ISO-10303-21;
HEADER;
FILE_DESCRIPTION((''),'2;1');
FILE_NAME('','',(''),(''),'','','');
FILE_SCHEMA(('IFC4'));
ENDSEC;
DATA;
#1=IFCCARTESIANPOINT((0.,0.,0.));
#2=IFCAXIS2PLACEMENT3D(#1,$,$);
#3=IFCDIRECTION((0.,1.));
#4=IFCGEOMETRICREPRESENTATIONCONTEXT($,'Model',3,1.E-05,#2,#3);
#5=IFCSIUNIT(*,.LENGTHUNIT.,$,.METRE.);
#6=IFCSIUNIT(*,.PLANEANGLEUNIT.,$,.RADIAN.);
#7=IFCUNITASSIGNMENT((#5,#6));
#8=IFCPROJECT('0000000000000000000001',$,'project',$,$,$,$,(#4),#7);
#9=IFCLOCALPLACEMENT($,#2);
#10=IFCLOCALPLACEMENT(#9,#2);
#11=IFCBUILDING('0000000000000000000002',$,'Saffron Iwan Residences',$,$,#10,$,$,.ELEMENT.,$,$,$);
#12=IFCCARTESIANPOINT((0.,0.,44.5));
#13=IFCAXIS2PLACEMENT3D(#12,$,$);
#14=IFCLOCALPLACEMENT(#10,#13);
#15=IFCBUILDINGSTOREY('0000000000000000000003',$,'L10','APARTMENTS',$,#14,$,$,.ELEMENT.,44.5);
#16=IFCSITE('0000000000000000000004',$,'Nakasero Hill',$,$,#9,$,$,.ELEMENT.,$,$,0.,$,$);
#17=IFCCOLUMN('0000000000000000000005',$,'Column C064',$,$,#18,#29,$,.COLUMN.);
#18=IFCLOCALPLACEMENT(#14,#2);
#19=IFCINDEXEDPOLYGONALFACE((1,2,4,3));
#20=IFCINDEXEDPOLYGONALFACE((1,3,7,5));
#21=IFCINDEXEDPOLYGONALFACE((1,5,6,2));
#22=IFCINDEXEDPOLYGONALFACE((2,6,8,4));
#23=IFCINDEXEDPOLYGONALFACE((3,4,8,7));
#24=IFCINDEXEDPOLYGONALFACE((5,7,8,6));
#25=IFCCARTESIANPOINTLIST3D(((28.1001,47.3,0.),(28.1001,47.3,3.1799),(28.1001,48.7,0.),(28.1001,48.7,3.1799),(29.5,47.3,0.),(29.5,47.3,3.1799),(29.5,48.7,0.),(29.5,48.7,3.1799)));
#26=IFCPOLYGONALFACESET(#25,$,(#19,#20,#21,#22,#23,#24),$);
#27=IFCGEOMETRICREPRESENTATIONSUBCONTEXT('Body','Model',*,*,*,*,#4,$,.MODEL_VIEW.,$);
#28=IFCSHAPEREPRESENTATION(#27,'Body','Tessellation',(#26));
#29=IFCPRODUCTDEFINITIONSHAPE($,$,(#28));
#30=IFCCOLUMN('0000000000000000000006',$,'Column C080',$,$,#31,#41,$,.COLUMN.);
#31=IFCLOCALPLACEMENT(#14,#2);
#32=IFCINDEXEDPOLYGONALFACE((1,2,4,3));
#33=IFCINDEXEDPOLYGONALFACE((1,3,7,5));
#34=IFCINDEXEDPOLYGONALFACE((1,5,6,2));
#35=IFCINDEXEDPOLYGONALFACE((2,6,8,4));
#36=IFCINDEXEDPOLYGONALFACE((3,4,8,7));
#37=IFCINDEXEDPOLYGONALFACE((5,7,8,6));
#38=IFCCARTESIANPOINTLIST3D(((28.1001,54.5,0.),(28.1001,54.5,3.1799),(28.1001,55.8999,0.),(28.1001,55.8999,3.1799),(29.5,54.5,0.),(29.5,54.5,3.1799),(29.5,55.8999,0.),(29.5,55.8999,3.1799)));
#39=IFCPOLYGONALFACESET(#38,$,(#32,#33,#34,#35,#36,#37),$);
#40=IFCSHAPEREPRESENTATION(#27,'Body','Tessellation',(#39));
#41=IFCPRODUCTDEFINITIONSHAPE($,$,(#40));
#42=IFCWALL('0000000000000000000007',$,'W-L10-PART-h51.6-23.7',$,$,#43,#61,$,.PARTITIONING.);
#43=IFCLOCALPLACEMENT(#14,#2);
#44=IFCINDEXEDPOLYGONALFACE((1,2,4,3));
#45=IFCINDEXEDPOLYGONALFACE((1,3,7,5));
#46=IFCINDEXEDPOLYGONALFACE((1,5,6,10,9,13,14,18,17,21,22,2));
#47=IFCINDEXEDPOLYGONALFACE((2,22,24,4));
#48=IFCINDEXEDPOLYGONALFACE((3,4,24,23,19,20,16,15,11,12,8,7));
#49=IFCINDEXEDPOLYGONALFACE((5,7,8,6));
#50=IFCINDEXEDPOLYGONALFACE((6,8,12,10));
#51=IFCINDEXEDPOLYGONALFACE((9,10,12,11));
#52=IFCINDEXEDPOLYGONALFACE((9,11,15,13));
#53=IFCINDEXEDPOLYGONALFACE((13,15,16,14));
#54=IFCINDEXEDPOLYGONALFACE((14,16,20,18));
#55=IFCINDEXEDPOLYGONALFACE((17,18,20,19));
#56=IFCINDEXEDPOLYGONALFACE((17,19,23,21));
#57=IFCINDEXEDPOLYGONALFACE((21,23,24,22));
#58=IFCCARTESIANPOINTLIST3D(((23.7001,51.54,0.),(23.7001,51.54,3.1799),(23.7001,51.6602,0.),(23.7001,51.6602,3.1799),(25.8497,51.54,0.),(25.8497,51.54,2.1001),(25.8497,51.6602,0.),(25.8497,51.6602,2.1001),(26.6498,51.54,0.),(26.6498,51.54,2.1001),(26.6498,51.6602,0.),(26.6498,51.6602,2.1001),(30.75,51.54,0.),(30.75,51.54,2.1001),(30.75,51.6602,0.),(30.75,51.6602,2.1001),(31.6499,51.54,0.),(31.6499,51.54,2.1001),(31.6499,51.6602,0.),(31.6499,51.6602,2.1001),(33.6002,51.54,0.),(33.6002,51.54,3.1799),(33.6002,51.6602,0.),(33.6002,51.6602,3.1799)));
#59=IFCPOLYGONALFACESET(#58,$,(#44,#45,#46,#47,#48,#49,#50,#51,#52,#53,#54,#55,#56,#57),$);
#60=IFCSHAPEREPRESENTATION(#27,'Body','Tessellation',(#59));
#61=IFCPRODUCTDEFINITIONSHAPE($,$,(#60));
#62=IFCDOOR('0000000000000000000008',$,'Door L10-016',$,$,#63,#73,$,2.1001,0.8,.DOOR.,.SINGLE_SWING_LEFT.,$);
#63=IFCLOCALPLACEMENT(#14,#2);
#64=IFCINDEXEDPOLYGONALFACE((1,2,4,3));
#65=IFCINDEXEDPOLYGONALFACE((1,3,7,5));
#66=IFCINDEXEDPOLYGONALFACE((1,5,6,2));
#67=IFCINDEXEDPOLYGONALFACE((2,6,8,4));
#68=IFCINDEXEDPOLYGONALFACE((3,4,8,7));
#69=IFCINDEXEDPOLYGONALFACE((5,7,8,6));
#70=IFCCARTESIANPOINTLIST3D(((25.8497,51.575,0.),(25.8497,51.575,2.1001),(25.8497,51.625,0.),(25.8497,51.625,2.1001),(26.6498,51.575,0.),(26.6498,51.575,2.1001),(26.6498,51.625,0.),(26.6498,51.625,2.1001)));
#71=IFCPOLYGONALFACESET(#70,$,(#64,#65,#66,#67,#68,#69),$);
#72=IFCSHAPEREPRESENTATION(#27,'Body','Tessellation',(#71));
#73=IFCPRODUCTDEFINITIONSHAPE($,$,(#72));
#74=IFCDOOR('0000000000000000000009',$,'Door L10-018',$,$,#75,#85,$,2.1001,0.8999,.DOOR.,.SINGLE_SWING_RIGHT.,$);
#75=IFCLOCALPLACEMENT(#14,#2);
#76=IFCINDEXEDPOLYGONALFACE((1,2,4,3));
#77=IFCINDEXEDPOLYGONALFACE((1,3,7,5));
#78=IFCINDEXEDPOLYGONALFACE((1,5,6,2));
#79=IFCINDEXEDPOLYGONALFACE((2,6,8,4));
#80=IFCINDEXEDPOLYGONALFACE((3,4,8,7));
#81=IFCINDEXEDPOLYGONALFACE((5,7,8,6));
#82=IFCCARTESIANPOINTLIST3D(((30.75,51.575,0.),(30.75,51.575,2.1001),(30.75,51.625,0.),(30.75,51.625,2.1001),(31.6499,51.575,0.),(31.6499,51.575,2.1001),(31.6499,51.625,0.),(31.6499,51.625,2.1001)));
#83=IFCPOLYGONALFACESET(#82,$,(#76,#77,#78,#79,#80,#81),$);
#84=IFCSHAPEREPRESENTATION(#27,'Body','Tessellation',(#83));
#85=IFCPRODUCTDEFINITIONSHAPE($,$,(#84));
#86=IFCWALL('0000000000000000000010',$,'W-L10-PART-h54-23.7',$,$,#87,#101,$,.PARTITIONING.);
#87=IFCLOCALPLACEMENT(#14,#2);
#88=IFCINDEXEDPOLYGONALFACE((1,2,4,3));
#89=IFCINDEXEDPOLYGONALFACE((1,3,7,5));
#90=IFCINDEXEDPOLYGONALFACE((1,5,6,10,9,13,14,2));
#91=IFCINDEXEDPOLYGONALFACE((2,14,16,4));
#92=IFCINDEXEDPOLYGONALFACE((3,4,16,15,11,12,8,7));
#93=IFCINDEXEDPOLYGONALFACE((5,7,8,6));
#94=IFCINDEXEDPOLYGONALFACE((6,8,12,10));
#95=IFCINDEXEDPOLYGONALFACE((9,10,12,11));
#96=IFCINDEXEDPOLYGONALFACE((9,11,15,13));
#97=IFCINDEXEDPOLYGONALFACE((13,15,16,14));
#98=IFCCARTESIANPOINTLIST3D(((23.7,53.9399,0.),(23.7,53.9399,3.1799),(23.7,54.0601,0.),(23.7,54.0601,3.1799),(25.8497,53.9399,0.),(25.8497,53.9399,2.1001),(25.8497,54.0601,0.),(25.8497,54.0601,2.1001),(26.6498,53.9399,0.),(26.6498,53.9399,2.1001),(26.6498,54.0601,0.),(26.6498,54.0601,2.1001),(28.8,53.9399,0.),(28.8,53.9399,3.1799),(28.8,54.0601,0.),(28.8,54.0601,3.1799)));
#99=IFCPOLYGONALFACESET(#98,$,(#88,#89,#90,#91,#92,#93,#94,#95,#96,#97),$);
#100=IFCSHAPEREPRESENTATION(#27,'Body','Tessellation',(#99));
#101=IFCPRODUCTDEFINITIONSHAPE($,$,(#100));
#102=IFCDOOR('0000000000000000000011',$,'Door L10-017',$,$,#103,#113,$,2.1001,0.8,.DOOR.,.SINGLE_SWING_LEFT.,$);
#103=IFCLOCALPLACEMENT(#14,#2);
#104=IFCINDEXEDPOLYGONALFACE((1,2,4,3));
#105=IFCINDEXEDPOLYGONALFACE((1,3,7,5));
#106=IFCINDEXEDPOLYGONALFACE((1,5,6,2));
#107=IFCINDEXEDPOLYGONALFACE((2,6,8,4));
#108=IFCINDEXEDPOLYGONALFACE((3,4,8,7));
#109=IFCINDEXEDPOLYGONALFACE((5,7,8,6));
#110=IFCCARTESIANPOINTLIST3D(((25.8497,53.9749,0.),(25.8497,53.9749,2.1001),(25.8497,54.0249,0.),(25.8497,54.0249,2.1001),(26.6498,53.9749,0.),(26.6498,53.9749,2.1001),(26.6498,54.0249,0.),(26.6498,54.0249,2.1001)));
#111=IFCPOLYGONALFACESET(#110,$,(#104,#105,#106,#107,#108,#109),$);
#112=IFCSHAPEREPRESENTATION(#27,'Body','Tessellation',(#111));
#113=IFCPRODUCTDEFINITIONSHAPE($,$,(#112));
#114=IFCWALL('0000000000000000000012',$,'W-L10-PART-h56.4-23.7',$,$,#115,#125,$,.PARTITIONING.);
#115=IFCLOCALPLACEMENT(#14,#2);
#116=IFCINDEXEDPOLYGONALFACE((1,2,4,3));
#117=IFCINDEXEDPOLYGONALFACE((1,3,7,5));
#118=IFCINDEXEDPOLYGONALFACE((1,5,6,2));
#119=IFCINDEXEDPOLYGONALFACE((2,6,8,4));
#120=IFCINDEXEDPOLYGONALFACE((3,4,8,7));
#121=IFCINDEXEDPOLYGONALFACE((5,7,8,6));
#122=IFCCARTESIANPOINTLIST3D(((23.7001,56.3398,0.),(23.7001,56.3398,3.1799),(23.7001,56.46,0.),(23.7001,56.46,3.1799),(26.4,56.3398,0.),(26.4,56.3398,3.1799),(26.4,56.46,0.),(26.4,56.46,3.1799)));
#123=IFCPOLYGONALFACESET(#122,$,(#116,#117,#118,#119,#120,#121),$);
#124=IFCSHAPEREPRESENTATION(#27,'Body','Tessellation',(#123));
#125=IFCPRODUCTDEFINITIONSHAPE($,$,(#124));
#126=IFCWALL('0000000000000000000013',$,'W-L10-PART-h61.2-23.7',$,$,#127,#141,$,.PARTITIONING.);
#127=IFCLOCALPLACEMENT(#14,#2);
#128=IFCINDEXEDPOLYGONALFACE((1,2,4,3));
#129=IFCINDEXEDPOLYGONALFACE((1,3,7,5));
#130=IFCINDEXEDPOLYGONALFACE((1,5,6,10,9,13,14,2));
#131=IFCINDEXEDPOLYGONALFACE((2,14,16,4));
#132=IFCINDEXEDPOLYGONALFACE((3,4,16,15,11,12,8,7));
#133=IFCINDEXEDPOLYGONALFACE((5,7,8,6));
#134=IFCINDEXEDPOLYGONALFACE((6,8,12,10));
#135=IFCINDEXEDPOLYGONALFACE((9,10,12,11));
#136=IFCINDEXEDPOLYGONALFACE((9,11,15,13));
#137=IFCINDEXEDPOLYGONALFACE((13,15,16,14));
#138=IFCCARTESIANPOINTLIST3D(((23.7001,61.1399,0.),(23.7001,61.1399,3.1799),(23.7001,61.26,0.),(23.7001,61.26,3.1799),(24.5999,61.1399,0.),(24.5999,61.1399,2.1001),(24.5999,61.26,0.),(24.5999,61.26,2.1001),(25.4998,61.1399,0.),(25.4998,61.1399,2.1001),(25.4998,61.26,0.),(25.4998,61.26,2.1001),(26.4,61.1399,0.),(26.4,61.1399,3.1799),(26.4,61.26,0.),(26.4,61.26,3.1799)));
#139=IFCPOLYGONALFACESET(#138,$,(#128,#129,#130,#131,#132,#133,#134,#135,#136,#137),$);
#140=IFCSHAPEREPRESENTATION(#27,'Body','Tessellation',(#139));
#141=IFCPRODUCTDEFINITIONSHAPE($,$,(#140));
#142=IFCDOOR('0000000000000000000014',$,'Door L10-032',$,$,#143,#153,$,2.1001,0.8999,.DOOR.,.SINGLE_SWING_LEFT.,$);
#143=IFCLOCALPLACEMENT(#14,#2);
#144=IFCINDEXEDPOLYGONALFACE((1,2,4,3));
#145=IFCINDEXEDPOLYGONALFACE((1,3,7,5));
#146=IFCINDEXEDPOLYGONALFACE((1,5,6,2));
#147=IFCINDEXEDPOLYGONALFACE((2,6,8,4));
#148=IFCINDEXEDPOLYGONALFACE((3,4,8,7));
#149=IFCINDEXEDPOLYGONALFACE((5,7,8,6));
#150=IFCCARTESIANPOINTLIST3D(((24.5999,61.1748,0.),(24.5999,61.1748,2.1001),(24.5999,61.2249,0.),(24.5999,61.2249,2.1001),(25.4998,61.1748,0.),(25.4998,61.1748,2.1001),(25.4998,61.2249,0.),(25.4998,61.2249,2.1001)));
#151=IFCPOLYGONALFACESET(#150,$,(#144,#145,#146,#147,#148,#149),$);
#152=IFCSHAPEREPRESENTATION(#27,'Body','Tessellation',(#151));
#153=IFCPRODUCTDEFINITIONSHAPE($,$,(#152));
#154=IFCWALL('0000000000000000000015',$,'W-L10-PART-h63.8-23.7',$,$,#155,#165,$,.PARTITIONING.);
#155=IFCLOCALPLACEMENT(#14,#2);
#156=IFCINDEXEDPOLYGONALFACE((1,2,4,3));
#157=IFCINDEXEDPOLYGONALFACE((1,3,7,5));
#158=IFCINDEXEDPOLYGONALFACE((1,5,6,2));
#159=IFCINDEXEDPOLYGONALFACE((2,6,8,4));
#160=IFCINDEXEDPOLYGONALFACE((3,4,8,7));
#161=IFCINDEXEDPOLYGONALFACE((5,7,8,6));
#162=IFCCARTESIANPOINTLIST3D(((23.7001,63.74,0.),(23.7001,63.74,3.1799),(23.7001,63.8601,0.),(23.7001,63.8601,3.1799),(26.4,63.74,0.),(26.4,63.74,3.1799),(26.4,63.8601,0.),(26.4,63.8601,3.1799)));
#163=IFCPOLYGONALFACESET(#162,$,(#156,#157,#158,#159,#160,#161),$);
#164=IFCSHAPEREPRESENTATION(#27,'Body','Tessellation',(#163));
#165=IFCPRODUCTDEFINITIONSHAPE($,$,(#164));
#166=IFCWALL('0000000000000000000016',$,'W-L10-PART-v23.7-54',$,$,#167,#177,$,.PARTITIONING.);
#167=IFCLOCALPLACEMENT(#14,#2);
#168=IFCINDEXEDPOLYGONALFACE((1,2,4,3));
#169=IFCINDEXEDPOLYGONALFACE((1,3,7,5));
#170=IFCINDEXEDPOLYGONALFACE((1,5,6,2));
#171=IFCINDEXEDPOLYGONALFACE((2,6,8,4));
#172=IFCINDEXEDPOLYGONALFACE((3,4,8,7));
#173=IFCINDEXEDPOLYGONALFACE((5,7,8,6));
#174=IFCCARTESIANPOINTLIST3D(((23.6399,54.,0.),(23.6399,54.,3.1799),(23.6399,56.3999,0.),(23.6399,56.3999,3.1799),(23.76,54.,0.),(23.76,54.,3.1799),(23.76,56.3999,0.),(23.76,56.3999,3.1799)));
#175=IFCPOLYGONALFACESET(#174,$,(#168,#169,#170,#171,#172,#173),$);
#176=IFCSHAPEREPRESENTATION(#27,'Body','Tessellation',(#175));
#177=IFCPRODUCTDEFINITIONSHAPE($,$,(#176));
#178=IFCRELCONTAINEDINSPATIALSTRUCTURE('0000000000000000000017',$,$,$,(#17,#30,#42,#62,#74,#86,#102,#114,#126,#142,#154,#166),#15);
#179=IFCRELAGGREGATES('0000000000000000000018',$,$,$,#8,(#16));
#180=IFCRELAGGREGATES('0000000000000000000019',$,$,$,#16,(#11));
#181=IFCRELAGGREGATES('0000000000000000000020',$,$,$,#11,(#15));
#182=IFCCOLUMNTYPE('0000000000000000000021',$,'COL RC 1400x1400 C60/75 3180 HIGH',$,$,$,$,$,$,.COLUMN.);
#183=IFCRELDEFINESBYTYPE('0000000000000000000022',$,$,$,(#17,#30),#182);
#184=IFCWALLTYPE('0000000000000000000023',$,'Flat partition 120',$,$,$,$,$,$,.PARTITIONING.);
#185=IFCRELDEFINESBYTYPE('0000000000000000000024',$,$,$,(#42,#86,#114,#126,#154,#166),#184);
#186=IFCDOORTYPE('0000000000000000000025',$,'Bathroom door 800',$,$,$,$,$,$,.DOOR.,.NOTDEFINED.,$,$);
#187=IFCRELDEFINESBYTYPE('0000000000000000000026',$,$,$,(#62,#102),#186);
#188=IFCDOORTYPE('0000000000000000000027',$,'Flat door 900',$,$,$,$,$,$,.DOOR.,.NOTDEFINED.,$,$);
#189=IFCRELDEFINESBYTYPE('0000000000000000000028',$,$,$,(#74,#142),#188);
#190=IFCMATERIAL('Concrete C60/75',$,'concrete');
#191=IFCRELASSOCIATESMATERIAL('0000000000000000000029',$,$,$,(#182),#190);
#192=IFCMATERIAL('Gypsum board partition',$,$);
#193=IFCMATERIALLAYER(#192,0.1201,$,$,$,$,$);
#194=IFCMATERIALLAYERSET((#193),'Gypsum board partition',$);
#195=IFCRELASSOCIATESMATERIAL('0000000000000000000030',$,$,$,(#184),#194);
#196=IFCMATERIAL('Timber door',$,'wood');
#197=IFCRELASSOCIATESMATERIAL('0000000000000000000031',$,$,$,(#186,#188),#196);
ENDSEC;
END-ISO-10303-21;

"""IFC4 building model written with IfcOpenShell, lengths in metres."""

from ifc_helpers import new_model, si_unit, direction, frame, frame_2d, origin, origin_2d, place, context, subcontext, project, spatial, rectangle, extrude, source, transform, mapped, material, layer, layer_set, material_profile, profile_set, type_object, element, fill, save


model = new_model("IFC4")

# Units and contexts
model_context = context("Model", 3, precision=1e-05, world=origin(), true_north=direction((0.0, 1.0)))
body_context = subcontext(model_context, "Body", "Model", "MODEL_VIEW")
ifc_project = project(units=[si_unit("LENGTHUNIT", "METRE"), si_unit("PLANEANGLEUNIT", "RADIAN")], contexts=[model_context])

# Site, building, storey
site_placement = place(None, origin())
site = spatial("IfcSite", under=ifc_project, at=site_placement, Name="Nakasero Hill", CompositionType="ELEMENT", RefElevation=0.0)
building_placement = place(site_placement, origin())
building = spatial("IfcBuilding", under=site, at=building_placement, Name="Saffron Iwan Residences", CompositionType="ELEMENT")
storey_placement = place(building_placement, frame((0.0, 0.0, 44.5)))
storey = spatial("IfcBuildingStorey", under=building, at=storey_placement, Name="L10", Description="APARTMENTS", CompositionType="ELEMENT", Elevation=44.5)

# Columns
ifc_material_1 = material(Name="Concrete C60/75", Category="concrete")
ifc_material_profile = material_profile(ifc_material_1, rectangle(XDim=1.3999, YDim=1.3999, at=origin_2d()), Name="RC 1400x1400")
ifc_profile_set = profile_set([ifc_material_profile], Name="Concrete C60/75")
column_type = type_object("IfcColumnType", Name="COL RC 1400x1400 C60/75 3180 HIGH", PredefinedType="COLUMN", material=ifc_profile_set)
shared_shape = source(origin(), body_context, "Body", "SweptSolid", [
    extrude(rectangle(XDim=1.3999, YDim=1.3999, at=origin_2d()), origin(), (0.0, 0.0, 1.0), 3.1799),
])
for number, where, z_axis, x_axis, name in (
    (1, (28.8, 48.0, 0.0), (0.0, 0.0, 1.0), (1.0, 0.0, 0.0), "Column C064"),
    (2, (28.8, 55.2, 0.0), (0.0, 0.0, 1.0), (1.0, 0.0, 0.0), "Column C080"),
):
    element("IfcColumn", number, at=place(storey_placement, frame(where, z_axis=z_axis, x_axis=x_axis)), inside=storey, type_object=column_type, Name=name, PredefinedType="COLUMN", context=body_context, shape_type="MappedRepresentation", body=[
        mapped(shared_shape, transform((0.0, 0.0, 0.0))),
    ])

# Wall, openings, doors
ifc_material_2 = material(Name="Gypsum board partition")
ifc_layer_1 = layer(ifc_material_2, 0.1201)
ifc_layer_set_1 = layer_set([ifc_layer_1], Name="Gypsum board partition")
wall_type_1 = type_object("IfcWallType", Name="Flat partition 120", PredefinedType="PARTITIONING", material=ifc_layer_set_1)
wall_1_placement = place(storey_placement, frame((23.7, 51.6001, 0.0), z_axis=(0.0, 0.0, 1.0), x_axis=(1.0, 0.0, 0.0)))
wall_1 = element("IfcWall", 3, at=wall_1_placement, inside=storey, type_object=wall_type_1, Name="W-L10-PART-h51.6-23.7", PredefinedType="PARTITIONING", context=body_context, shape_type="SweptSolid", body=[
    extrude(rectangle(XDim=9.9001, YDim=0.1201, at=frame_2d((4.9502, 0.0))), origin(), (0.0, 0.0, 1.0), 3.1799),
])
opening_1_placement = place(wall_1_placement, frame((2.1499, 0.0, 0.0)))
opening_1 = element("IfcOpeningElement", 4, at=opening_1_placement, cuts=wall_1, PredefinedType="OPENING", context=body_context, shape_type="SweptSolid", body=[
    extrude(rectangle(XDim=0.8, YDim=2.1001, at=frame_2d((0.3999, 1.05))), frame((0.0, 0.0701, 0.0), z_axis=(0.0, -1.0, 0.0), x_axis=(1.0, 0.0, 0.0)), (0.0, 0.0, 1.0), 0.1401),
])
opening_2_placement = place(wall_1_placement, frame((7.05, 0.0, 0.0)))
opening_2 = element("IfcOpeningElement", 5, at=opening_2_placement, cuts=wall_1, PredefinedType="OPENING", context=body_context, shape_type="SweptSolid", body=[
    extrude(rectangle(XDim=0.8999, YDim=2.1001, at=frame_2d((0.45, 1.05))), frame((0.0, 0.0701, 0.0), z_axis=(0.0, -1.0, 0.0), x_axis=(1.0, 0.0, 0.0)), (0.0, 0.0, 1.0), 0.1401),
])
ifc_material_3 = material(Name="Timber door", Category="wood")
door_type_1 = type_object("IfcDoorType", Name="Bathroom door 800", OperationType="NOTDEFINED", PredefinedType="DOOR", material=ifc_material_3)
door_1_placement = place(opening_1_placement, origin())
door_1 = element("IfcDoor", 6, at=door_1_placement, inside=storey, type_object=door_type_1, Name="Door L10-016", OperationType="SINGLE_SWING_LEFT", OverallHeight=2.1001, OverallWidth=0.8, PredefinedType="DOOR", context=body_context, shape_type="SweptSolid", body=[
    extrude(rectangle(XDim=0.8, YDim=2.1001, at=frame_2d((0.3999, 1.05))), frame((0.0, 0.0249, 0.0), z_axis=(0.0, -1.0, 0.0), x_axis=(1.0, 0.0, 0.0)), (0.0, 0.0, 1.0), 0.05),
])
fill(opening_1, door_1)
door_type_2 = type_object("IfcDoorType", Name="Flat door 900", OperationType="NOTDEFINED", PredefinedType="DOOR", material=ifc_material_3)
door_2_placement = place(opening_2_placement, origin())
door_2 = element("IfcDoor", 7, at=door_2_placement, inside=storey, type_object=door_type_2, Name="Door L10-018", OperationType="SINGLE_SWING_RIGHT", OverallHeight=2.1001, OverallWidth=0.8999, PredefinedType="DOOR", context=body_context, shape_type="SweptSolid", body=[
    extrude(rectangle(XDim=0.8999, YDim=2.1001, at=frame_2d((0.45, 1.05))), frame((0.0, 0.0249, 0.0), z_axis=(0.0, -1.0, 0.0), x_axis=(1.0, 0.0, 0.0)), (0.0, 0.0, 1.0), 0.05),
])
fill(opening_2, door_2)

# Wall, opening, door
wall_2_placement = place(storey_placement, frame((23.7, 54.0, 0.0), z_axis=(0.0, 0.0, 1.0), x_axis=(1.0, 0.0, 0.0)))
wall_2 = element("IfcWall", 8, at=wall_2_placement, inside=storey, type_object=wall_type_1, Name="W-L10-PART-h54-23.7", PredefinedType="PARTITIONING", context=body_context, shape_type="SweptSolid", body=[
    extrude(rectangle(XDim=5.1001, YDim=0.1201, at=frame_2d((2.55, 0.0))), origin(), (0.0, 0.0, 1.0), 3.1799),
])
opening_3_placement = place(wall_2_placement, frame((2.1499, 0.0, 0.0)))
opening_3 = element("IfcOpeningElement", 9, at=opening_3_placement, cuts=wall_2, PredefinedType="OPENING", context=body_context, shape_type="SweptSolid", body=[
    extrude(rectangle(XDim=0.8, YDim=2.1001, at=frame_2d((0.3999, 1.05))), frame((0.0, 0.0701, 0.0), z_axis=(0.0, -1.0, 0.0), x_axis=(1.0, 0.0, 0.0)), (0.0, 0.0, 1.0), 0.1401),
])
door_3_placement = place(opening_3_placement, origin())
door_3 = element("IfcDoor", 10, at=door_3_placement, inside=storey, type_object=door_type_1, Name="Door L10-017", OperationType="SINGLE_SWING_LEFT", OverallHeight=2.1001, OverallWidth=0.8, PredefinedType="DOOR", context=body_context, shape_type="SweptSolid", body=[
    extrude(rectangle(XDim=0.8, YDim=2.1001, at=frame_2d((0.3999, 1.05))), frame((0.0, 0.0249, 0.0), z_axis=(0.0, -1.0, 0.0), x_axis=(1.0, 0.0, 0.0)), (0.0, 0.0, 1.0), 0.05),
])
fill(opening_3, door_3)

# Wall
wall_3_placement = place(storey_placement, frame((23.7, 56.3999, 0.0), z_axis=(0.0, 0.0, 1.0), x_axis=(1.0, 0.0, 0.0)))
element("IfcWall", 11, at=wall_3_placement, inside=storey, type_object=wall_type_1, Name="W-L10-PART-h56.4-23.7", PredefinedType="PARTITIONING", context=body_context, shape_type="SweptSolid", body=[
    extrude(rectangle(XDim=2.7, YDim=0.1201, at=frame_2d((1.3501, 0.0))), origin(), (0.0, 0.0, 1.0), 3.1799),
])

# Wall, opening, door
wall_4_placement = place(storey_placement, frame((23.7, 61.2, 0.0), z_axis=(0.0, 0.0, 1.0), x_axis=(1.0, 0.0, 0.0)))
wall_4 = element("IfcWall", 12, at=wall_4_placement, inside=storey, type_object=wall_type_1, Name="W-L10-PART-h61.2-23.7", PredefinedType="PARTITIONING", context=body_context, shape_type="SweptSolid", body=[
    extrude(rectangle(XDim=2.7, YDim=0.1201, at=frame_2d((1.3501, 0.0))), origin(), (0.0, 0.0, 1.0), 3.1799),
])
opening_4_placement = place(wall_4_placement, frame((0.8999, 0.0, 0.0)))
opening_4 = element("IfcOpeningElement", 13, at=opening_4_placement, cuts=wall_4, PredefinedType="OPENING", context=body_context, shape_type="SweptSolid", body=[
    extrude(rectangle(XDim=0.8999, YDim=2.1001, at=frame_2d((0.45, 1.05))), frame((0.0, 0.0701, 0.0), z_axis=(0.0, -1.0, 0.0), x_axis=(1.0, 0.0, 0.0)), (0.0, 0.0, 1.0), 0.1401),
])
door_4_placement = place(opening_4_placement, origin())
door_4 = element("IfcDoor", 14, at=door_4_placement, inside=storey, type_object=door_type_2, Name="Door L10-032", OperationType="SINGLE_SWING_LEFT", OverallHeight=2.1001, OverallWidth=0.8999, PredefinedType="DOOR", context=body_context, shape_type="SweptSolid", body=[
    extrude(rectangle(XDim=0.8999, YDim=2.1001, at=frame_2d((0.45, 1.05))), frame((0.0, 0.0249, 0.0), z_axis=(0.0, -1.0, 0.0), x_axis=(1.0, 0.0, 0.0)), (0.0, 0.0, 1.0), 0.05),
])
fill(opening_4, door_4)

# Walls
wall_5_placement = place(storey_placement, frame((23.7, 63.8, 0.0), z_axis=(0.0, 0.0, 1.0), x_axis=(1.0, 0.0, 0.0)))
element("IfcWall", 15, at=wall_5_placement, inside=storey, type_object=wall_type_1, Name="W-L10-PART-h63.8-23.7", PredefinedType="PARTITIONING", context=body_context, shape_type="SweptSolid", body=[
    extrude(rectangle(XDim=2.7, YDim=0.1201, at=frame_2d((1.3501, 0.0))), origin(), (0.0, 0.0, 1.0), 3.1799),
])
wall_6_placement = place(storey_placement, frame((23.7, 54.0, 0.0), z_axis=(0.0, 0.0, 1.0), x_axis=(0.0, 1.0, 0.0)))
element("IfcWall", 16, at=wall_6_placement, inside=storey, type_object=wall_type_1, Name="W-L10-PART-v23.7-54", PredefinedType="PARTITIONING", context=body_context, shape_type="SweptSolid", body=[
    extrude(rectangle(XDim=2.3999, YDim=0.1201, at=frame_2d((1.2, 0.0))), origin(), (0.0, 0.0, 1.0), 3.1799),
])

save(model, "model.ifc")
